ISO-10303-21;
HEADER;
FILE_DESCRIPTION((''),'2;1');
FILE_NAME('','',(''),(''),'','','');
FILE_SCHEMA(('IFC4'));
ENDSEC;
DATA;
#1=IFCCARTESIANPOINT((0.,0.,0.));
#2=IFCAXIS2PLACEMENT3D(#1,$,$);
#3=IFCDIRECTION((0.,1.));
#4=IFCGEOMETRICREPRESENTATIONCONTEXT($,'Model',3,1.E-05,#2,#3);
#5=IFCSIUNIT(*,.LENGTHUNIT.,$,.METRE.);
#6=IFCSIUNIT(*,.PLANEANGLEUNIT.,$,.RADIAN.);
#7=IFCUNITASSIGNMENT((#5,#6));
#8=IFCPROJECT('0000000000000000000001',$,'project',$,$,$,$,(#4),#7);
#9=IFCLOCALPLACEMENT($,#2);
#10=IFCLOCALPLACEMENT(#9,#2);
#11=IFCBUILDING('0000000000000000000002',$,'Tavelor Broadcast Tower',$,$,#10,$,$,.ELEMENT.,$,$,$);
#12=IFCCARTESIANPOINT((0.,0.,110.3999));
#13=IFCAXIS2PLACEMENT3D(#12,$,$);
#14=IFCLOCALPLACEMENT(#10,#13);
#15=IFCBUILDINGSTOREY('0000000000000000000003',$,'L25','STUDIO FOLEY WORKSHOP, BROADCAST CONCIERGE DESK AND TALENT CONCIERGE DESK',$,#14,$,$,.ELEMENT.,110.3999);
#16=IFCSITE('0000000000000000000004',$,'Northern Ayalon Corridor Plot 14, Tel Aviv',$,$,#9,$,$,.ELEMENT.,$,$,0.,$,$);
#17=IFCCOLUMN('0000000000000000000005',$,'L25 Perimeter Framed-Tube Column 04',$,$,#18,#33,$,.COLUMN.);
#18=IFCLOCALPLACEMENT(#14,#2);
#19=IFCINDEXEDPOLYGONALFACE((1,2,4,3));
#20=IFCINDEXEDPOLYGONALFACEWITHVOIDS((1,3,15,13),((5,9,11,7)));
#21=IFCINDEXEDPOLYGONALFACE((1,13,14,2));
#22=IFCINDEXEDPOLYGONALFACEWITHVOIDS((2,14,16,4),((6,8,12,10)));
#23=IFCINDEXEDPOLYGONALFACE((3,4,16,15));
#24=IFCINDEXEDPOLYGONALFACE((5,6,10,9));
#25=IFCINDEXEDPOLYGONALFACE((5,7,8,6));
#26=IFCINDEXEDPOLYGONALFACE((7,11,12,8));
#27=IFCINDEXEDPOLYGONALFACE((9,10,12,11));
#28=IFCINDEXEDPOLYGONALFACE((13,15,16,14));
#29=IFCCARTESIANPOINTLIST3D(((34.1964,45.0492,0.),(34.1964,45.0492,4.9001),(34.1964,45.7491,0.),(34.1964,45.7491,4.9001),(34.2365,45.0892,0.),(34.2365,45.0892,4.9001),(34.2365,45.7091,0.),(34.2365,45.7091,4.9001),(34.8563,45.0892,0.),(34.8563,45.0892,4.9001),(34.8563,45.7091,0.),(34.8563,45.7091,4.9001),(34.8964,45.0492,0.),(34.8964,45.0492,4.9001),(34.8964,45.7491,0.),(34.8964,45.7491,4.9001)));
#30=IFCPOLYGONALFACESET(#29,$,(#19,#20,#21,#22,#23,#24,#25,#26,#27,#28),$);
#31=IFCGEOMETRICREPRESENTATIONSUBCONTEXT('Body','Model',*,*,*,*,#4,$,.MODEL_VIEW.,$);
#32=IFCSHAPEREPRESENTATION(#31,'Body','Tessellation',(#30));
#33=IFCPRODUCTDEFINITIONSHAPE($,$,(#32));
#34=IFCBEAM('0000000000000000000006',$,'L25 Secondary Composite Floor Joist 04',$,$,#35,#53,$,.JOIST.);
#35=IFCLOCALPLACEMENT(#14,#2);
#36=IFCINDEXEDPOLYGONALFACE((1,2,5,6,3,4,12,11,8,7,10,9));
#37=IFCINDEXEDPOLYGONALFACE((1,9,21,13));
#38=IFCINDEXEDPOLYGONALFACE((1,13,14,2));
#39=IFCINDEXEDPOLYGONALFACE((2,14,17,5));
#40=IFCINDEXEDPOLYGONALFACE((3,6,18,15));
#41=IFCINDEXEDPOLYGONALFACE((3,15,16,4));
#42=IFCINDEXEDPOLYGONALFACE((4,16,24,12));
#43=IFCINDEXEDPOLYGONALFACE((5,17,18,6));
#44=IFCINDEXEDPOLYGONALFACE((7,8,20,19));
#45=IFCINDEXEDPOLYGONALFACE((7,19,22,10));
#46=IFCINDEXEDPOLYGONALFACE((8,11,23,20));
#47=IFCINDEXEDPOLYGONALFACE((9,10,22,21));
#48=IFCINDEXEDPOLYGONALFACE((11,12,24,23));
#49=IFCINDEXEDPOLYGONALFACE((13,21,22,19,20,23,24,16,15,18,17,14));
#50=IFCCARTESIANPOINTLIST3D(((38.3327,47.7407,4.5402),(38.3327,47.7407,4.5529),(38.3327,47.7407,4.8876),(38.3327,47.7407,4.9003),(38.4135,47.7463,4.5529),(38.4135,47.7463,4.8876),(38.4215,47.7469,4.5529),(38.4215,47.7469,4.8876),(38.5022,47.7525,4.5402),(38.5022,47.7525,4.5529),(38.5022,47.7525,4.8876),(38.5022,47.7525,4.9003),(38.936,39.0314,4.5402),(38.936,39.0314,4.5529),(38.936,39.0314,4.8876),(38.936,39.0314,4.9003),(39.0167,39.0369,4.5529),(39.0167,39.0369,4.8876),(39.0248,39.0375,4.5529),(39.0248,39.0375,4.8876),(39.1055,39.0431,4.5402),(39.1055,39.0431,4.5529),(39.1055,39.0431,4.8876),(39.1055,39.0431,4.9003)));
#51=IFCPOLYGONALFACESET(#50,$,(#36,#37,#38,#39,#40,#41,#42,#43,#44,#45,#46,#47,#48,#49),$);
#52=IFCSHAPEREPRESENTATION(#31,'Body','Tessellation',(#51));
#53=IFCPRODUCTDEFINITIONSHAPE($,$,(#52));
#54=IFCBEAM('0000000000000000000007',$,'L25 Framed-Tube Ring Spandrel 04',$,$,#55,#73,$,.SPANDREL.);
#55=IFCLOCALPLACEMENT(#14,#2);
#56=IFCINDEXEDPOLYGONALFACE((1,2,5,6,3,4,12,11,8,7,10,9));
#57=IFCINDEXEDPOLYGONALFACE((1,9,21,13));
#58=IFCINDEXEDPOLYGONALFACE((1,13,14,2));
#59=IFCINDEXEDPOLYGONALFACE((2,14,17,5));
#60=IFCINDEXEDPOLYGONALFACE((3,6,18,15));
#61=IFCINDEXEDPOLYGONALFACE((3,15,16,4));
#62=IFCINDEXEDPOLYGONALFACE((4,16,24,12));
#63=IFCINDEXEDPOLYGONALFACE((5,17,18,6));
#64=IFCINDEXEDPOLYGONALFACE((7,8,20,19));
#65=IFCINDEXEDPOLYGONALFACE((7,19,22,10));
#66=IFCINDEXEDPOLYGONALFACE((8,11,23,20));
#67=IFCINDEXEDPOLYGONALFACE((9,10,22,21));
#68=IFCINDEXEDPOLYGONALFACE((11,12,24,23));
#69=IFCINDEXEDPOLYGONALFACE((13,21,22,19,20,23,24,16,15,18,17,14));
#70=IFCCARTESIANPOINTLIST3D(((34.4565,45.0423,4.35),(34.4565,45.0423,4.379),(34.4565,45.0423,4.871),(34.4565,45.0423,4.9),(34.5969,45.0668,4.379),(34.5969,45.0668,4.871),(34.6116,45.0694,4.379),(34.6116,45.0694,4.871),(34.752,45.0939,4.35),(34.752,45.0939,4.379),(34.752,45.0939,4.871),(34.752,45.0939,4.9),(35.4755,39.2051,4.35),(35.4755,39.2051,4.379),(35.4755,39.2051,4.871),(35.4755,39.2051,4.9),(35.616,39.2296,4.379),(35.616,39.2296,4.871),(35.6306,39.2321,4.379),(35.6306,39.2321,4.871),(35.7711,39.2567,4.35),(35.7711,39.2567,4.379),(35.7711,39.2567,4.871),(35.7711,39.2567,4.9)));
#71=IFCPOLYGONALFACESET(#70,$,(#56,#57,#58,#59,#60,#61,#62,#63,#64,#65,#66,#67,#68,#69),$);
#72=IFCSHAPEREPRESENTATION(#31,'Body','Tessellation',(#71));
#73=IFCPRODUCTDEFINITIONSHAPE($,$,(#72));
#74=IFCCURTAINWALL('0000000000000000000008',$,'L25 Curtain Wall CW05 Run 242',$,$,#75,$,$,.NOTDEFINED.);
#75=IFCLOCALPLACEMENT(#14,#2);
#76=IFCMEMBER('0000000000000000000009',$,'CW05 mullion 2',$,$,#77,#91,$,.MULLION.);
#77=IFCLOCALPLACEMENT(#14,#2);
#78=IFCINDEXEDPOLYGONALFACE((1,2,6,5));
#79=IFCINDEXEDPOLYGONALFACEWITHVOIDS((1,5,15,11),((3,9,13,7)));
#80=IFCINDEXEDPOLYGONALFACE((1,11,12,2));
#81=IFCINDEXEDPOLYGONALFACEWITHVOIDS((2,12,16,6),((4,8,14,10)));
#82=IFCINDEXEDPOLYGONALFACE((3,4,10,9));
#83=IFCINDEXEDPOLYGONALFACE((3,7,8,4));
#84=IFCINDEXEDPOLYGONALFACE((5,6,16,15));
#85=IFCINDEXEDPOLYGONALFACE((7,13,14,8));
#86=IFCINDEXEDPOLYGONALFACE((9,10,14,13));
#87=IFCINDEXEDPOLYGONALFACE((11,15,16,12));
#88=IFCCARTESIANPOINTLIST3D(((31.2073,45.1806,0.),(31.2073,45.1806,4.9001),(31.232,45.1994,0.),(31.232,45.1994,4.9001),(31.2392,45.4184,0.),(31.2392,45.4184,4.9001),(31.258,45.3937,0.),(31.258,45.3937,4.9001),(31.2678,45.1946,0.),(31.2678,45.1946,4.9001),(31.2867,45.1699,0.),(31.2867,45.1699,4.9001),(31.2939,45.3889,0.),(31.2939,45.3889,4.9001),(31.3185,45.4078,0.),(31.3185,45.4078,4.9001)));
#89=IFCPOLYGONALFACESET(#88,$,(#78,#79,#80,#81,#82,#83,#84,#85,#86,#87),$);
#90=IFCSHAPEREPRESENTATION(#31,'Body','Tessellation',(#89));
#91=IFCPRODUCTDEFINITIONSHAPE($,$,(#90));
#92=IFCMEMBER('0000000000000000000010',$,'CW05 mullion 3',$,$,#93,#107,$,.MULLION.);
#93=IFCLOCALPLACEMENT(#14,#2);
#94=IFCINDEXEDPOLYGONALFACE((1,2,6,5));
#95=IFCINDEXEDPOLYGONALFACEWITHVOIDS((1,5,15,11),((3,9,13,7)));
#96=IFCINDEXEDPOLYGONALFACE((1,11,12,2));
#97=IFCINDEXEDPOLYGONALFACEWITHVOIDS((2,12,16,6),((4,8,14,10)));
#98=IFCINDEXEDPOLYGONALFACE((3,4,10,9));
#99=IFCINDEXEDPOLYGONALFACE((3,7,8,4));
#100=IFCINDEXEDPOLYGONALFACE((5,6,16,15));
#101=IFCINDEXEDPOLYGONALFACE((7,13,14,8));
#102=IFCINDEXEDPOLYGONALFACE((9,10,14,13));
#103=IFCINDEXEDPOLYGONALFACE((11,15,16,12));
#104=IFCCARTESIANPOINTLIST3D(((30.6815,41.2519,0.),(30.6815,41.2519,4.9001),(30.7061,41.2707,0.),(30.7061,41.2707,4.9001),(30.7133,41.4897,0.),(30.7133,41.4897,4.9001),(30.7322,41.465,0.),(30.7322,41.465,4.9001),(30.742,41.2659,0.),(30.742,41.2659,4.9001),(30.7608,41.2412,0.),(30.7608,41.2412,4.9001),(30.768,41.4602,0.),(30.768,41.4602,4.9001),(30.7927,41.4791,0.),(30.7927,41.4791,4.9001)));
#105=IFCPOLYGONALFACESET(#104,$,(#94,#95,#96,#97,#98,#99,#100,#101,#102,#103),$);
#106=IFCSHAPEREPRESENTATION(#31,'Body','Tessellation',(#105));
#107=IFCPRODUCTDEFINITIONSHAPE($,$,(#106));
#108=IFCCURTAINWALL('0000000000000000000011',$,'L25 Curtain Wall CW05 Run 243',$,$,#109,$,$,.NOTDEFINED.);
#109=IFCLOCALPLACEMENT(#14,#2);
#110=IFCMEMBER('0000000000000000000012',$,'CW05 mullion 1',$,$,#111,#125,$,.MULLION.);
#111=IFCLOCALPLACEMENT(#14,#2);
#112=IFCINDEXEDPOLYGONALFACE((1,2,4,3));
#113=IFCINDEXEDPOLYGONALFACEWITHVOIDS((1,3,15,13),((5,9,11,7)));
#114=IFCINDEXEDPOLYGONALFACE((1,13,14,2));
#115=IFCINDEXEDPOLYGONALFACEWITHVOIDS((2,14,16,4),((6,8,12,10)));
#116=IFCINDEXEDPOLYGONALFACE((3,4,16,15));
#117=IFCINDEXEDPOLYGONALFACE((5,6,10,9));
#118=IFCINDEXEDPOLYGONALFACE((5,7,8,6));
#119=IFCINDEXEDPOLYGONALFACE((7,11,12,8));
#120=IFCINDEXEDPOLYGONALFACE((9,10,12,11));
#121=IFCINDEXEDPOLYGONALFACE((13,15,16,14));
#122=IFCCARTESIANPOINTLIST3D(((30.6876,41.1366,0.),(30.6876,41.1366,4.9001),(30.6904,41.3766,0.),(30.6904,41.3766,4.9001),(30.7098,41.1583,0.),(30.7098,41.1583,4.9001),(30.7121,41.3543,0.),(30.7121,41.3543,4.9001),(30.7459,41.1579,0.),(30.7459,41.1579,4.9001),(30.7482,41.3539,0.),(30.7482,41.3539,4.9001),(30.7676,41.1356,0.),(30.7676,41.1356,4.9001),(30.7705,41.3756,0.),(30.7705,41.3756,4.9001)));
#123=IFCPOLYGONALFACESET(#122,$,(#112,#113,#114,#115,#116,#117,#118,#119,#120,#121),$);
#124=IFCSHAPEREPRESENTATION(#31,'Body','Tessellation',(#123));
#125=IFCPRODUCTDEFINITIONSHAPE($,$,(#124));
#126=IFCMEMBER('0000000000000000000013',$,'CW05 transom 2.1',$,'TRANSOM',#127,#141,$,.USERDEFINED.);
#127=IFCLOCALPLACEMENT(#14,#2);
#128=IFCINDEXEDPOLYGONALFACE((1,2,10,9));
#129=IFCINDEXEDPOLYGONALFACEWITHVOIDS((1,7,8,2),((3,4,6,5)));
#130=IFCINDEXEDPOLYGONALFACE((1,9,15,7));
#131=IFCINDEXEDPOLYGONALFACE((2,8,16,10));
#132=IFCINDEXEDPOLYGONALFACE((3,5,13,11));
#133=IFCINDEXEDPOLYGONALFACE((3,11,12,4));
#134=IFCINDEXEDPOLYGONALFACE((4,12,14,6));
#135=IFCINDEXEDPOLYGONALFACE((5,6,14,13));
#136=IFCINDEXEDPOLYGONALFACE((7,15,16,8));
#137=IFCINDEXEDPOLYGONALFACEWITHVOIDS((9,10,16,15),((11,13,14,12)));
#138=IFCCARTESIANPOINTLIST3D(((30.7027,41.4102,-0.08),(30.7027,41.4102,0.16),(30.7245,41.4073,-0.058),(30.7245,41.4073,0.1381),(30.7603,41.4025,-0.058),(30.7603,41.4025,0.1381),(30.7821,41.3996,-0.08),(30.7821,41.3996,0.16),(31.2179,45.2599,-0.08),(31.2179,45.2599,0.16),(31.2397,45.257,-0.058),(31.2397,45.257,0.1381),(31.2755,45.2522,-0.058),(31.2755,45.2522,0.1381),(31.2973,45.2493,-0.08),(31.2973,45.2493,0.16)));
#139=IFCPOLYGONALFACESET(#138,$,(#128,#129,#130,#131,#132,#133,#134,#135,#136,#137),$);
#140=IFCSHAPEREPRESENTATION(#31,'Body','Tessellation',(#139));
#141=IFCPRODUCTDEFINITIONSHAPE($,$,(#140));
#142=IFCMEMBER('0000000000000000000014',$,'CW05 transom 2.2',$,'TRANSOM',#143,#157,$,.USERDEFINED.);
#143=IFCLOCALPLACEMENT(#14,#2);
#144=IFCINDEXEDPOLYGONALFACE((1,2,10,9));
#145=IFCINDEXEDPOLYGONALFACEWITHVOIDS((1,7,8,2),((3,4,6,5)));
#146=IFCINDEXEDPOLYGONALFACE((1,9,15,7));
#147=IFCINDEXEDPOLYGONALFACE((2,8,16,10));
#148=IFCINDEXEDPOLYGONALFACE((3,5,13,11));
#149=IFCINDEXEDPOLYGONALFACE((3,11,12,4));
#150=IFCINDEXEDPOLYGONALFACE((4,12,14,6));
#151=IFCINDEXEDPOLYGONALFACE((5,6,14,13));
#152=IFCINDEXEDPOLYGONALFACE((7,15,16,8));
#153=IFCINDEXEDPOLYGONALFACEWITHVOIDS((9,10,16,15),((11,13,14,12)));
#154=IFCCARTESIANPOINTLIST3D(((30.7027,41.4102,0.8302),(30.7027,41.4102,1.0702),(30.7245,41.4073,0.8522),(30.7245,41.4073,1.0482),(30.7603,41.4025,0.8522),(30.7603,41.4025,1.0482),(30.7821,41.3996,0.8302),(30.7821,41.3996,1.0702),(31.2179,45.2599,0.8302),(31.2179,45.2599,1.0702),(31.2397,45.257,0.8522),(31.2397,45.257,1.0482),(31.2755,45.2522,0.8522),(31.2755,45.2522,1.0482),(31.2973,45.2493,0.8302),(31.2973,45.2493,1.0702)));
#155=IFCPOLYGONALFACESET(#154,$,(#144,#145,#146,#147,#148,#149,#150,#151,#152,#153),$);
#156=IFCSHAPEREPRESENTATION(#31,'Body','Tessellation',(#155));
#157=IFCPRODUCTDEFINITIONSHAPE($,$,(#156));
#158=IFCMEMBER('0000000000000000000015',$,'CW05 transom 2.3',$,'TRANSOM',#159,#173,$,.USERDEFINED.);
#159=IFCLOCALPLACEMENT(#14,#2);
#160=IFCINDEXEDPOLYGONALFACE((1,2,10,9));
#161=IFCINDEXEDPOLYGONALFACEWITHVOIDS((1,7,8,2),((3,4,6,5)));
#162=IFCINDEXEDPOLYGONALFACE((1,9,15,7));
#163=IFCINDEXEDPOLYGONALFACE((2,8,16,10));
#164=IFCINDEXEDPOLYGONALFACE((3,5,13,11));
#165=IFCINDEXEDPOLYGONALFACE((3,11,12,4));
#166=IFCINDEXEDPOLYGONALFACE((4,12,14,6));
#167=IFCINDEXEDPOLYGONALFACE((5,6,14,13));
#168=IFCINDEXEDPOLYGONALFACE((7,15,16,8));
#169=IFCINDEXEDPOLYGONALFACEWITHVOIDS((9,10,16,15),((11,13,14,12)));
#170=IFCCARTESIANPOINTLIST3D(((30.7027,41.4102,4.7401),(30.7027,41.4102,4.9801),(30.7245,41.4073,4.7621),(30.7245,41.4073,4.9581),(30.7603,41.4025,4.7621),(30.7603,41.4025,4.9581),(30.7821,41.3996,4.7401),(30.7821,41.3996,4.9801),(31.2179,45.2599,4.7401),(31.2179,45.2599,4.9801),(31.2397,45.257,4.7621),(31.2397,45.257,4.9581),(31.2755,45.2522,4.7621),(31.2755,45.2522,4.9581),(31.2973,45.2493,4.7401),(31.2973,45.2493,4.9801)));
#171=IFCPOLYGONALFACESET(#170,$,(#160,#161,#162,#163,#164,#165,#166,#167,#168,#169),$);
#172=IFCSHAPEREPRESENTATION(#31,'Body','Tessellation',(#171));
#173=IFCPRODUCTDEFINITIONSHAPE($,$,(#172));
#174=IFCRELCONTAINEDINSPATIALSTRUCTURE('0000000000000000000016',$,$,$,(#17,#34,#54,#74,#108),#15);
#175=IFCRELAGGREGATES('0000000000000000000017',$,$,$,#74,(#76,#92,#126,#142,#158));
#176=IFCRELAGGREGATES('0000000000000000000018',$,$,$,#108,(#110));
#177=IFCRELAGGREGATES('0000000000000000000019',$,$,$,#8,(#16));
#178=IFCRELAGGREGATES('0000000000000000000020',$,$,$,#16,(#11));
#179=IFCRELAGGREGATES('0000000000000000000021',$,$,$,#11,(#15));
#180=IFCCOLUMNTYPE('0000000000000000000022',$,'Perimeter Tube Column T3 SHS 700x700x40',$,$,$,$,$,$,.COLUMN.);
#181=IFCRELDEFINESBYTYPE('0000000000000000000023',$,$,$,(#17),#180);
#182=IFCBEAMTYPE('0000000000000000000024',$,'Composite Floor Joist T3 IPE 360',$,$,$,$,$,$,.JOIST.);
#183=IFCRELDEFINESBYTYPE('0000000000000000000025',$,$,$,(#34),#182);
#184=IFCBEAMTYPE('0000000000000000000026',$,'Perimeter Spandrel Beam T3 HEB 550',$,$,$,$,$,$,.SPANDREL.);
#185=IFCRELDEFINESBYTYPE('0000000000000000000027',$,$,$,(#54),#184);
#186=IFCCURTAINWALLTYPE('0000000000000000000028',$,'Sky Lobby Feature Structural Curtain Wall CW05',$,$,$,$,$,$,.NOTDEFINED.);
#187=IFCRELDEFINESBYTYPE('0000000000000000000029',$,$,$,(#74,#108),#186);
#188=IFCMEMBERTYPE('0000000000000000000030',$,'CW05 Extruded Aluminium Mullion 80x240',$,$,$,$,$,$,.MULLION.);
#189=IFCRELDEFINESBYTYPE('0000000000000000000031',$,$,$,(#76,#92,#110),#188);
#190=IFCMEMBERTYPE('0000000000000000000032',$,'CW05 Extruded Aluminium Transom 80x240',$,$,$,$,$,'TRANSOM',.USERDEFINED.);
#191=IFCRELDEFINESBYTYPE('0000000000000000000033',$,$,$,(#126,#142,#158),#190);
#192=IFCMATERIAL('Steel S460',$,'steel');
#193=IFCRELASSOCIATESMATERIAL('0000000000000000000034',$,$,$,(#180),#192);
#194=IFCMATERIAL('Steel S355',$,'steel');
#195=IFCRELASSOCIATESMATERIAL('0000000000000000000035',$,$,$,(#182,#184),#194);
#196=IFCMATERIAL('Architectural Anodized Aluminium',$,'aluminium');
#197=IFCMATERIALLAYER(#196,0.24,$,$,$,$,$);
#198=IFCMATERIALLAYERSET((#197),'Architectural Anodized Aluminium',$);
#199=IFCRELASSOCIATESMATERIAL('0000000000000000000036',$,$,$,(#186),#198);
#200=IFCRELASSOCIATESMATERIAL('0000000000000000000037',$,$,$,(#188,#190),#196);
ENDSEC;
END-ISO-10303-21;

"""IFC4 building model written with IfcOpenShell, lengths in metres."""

from ifc_helpers import new_model, si_unit, direction, frame, origin, origin_2d, place, context, subcontext, project, spatial, hollow_rectangle, i_section, extrude, source, transform, mapped, material, layer, layer_set, material_profile, profile_set, type_object, type_shapes, element, aggregate, save


model = new_model("IFC4")

# Units and contexts
model_context = context("Model", 3, precision=1e-05, world=origin(), true_north=direction((0.0, 1.0)))
body_context = subcontext(model_context, "Body", "Model", "MODEL_VIEW")
ifc_project = project(units=[si_unit("LENGTHUNIT", "METRE"), si_unit("PLANEANGLEUNIT", "RADIAN")], contexts=[model_context])

# Site, building, storey
site_placement = place(None, origin())
site = spatial("IfcSite", under=ifc_project, at=site_placement, Name="Northern Ayalon Corridor Plot 14, Tel Aviv", CompositionType="ELEMENT", RefElevation=0.0)
building_placement = place(site_placement, origin())
building = spatial("IfcBuilding", under=site, at=building_placement, Name="Tavelor Broadcast Tower", CompositionType="ELEMENT")
storey_placement = place(building_placement, frame((0.0, 0.0, 110.3999)))
storey = spatial("IfcBuildingStorey", under=building, at=storey_placement, Name="L25", Description="STUDIO FOLEY WORKSHOP, BROADCAST CONCIERGE DESK AND TALENT CONCIERGE DESK", CompositionType="ELEMENT", Elevation=110.3999)

# Column
ifc_material_1 = material(Name="Steel S460", Category="steel")
ifc_material_profile_1 = material_profile(ifc_material_1, hollow_rectangle(XDim=0.7, YDim=0.7, WallThickness=0.04, at=origin_2d()), Name="SHS 700x700x40")
ifc_profile_set_1 = profile_set([ifc_material_profile_1], Name="Steel S460")
column_type = type_object("IfcColumnType", Name="Perimeter Tube Column T3 SHS 700x700x40", PredefinedType="COLUMN", material=ifc_profile_set_1)
column_placement = place(storey_placement, frame((34.5464, 45.3992, 0.0), z_axis=(0.0, 0.0, 1.0), x_axis=(1.0, 0.0, 0.0)))
element("IfcColumn", 1, at=column_placement, inside=storey, type_object=column_type, Name="L25 Perimeter Framed-Tube Column 04", PredefinedType="COLUMN", context=body_context, shape_type="SweptSolid", body=[
    extrude(hollow_rectangle(XDim=0.7, YDim=0.7, WallThickness=0.04, at=origin_2d()), origin(), (0.0, 0.0, 1.0), 4.9001),
])

# Beams
ifc_material_2 = material(Name="Steel S355", Category="steel")
ifc_material_profile_2 = material_profile(ifc_material_2, i_section(OverallWidth=0.1699, OverallDepth=0.3601, WebThickness=0.0081, FlangeThickness=0.0127, at=origin_2d()), Name="IPE 360")
ifc_profile_set_2 = profile_set([ifc_material_profile_2], Name="Steel S355")
beam_type_1 = type_object("IfcBeamType", Name="Composite Floor Joist T3 IPE 360", PredefinedType="JOIST", material=ifc_profile_set_2)
beam_1_placement = place(storey_placement, frame((38.4175, 47.7466, 4.7202), z_axis=(0.069101, -0.99761, 0.0), x_axis=(0.99761, 0.069101, 0.0)))
element("IfcBeam", 2, at=beam_1_placement, inside=storey, type_object=beam_type_1, Name="L25 Secondary Composite Floor Joist 04", PredefinedType="JOIST", context=body_context, shape_type="SweptSolid", body=[
    extrude(i_section(OverallWidth=0.1699, OverallDepth=0.3601, WebThickness=0.0081, FlangeThickness=0.0127, at=origin_2d()), origin(), (0.0, 0.0, 1.0), 8.7302),
])
ifc_material_profile_3 = material_profile(ifc_material_2, i_section(OverallWidth=0.3, OverallDepth=0.55, WebThickness=0.0149, FlangeThickness=0.0291, at=origin_2d()), Name="HEB 550")
ifc_profile_set_3 = profile_set([ifc_material_profile_3], Name="Steel S355")
beam_type_2 = type_object("IfcBeamType", Name="Perimeter Spandrel Beam T3 HEB 550", PredefinedType="SPANDREL", material=ifc_profile_set_3)
beam_2_placement = place(storey_placement, frame((34.6042, 45.0681, 4.625), z_axis=(0.171978, -0.985101, 0.0), x_axis=(0.985101, 0.171978, 0.0)))
element("IfcBeam", 3, at=beam_2_placement, inside=storey, type_object=beam_type_2, Name="L25 Framed-Tube Ring Spandrel 04", PredefinedType="SPANDREL", context=body_context, shape_type="SweptSolid", body=[
    extrude(i_section(OverallWidth=0.3, OverallDepth=0.55, WebThickness=0.0149, FlangeThickness=0.0291, at=origin_2d()), origin(), (0.0, 0.0, 1.0), 5.9255),
])

# Curtain wall, members
ifc_material_3 = material(Name="Architectural Anodized Aluminium", Category="aluminium")
ifc_layer_1 = layer(ifc_material_3, 0.24)
ifc_layer_set_1 = layer_set([ifc_layer_1], Name="Architectural Anodized Aluminium")
curtain_wall_type = type_object("IfcCurtainWallType", Name="Sky Lobby Feature Structural Curtain Wall CW05", PredefinedType="NOTDEFINED", material=ifc_layer_set_1)
curtain_wall_1_placement = place(storey_placement, origin())
curtain_wall_1 = element("IfcCurtainWall", 4, at=curtain_wall_1_placement, inside=storey, type_object=curtain_wall_type, Name="L25 Curtain Wall CW05 Run 242", PredefinedType="NOTDEFINED")
ifc_material_profile_4 = material_profile(ifc_material_3, hollow_rectangle(XDim=0.0801, YDim=0.24, WallThickness=0.022, at=origin_2d()), Name="RHS 80x240x22")
ifc_profile_set_4 = profile_set([ifc_material_profile_4], Name="Architectural Anodized Aluminium")
member_type_1 = type_object("IfcMemberType", Name="CW05 Extruded Aluminium Mullion 80x240", PredefinedType="MULLION", material=ifc_profile_set_4)
shared_shape_1 = source(origin(), body_context, "Body", "SweptSolid", [
    extrude(hollow_rectangle(XDim=0.0801, YDim=0.24, WallThickness=0.022, at=origin_2d()), origin(), (0.0, 0.0, 1.0), 4.9001),
])
type_shapes(member_type_1, [shared_shape_1])
member_1_placement = place(storey_placement, frame((31.2629, 45.2942, 0.0), z_axis=(0.0, 0.0, 1.0), x_axis=(0.99116, -0.132671, 0.0)))
member_1 = element("IfcMember", 5, at=member_1_placement, type_object=member_type_1, Name="CW05 mullion 2", PredefinedType="MULLION", context=body_context, shape_type="MappedRepresentation", body=[
    mapped(shared_shape_1, transform((0.0, 0.0, 0.0), scale=1.0)),
])
member_2_placement = place(storey_placement, frame((30.7371, 41.3655, 0.0), z_axis=(0.0, 0.0, 1.0), x_axis=(0.99116, -0.132671, 0.0)))
member_2 = element("IfcMember", 6, at=member_2_placement, type_object=member_type_1, Name="CW05 mullion 3", PredefinedType="MULLION", context=body_context, shape_type="MappedRepresentation", body=[
    mapped(shared_shape_1, transform((0.0, 0.0, 0.0), scale=1.0)),
])

# Curtain wall, member
curtain_wall_2_placement = place(storey_placement, origin())
curtain_wall_2 = element("IfcCurtainWall", 7, at=curtain_wall_2_placement, inside=storey, type_object=curtain_wall_type, Name="L25 Curtain Wall CW05 Run 243", PredefinedType="NOTDEFINED")
member_3_placement = place(storey_placement, frame((30.729, 41.2561, 0.0), z_axis=(0.0, 0.0, 1.0), x_axis=(0.999931, -0.011763, 0.0)))
member_3 = element("IfcMember", 8, at=member_3_placement, type_object=member_type_1, Name="CW05 mullion 1", PredefinedType="MULLION", context=body_context, shape_type="MappedRepresentation", body=[
    mapped(shared_shape_1, transform((0.0, 0.0, 0.0), scale=1.0)),
])

# Members
ifc_material_profile_5 = material_profile(ifc_material_3, hollow_rectangle(XDim=0.0801, YDim=0.24, WallThickness=0.022, at=origin_2d()), Name="RHS 80x240x22")
ifc_profile_set_5 = profile_set([ifc_material_profile_5], Name="Architectural Anodized Aluminium")
member_type_2 = type_object("IfcMemberType", Name="CW05 Extruded Aluminium Transom 80x240", ElementType="TRANSOM", PredefinedType="USERDEFINED", material=ifc_profile_set_5)
shared_shape_2 = source(origin(), body_context, "Body", "SweptSolid", [
    extrude(hollow_rectangle(XDim=0.0801, YDim=0.24, WallThickness=0.022, at=origin_2d()), origin(), (0.0, 0.0, 1.0), 3.884),
])
type_shapes(member_type_2, [shared_shape_2])
member_4_placement = place(storey_placement, frame((31.2576, 45.2546, 0.04), z_axis=(-0.132633, -0.991165, 0.0), x_axis=(0.991165, -0.132633, 0.0)))
member_4 = element("IfcMember", 9, at=member_4_placement, type_object=member_type_2, Name="CW05 transom 2.1", ObjectType="TRANSOM", PredefinedType="USERDEFINED", context=body_context, shape_type="MappedRepresentation", body=[
    mapped(shared_shape_2, transform((0.0, 0.0, 0.0), scale=1.0)),
])
member_5_placement = place(storey_placement, frame((31.2576, 45.2546, 0.9502), z_axis=(-0.132633, -0.991165, 0.0), x_axis=(0.991165, -0.132633, 0.0)))
member_5 = element("IfcMember", 10, at=member_5_placement, type_object=member_type_2, Name="CW05 transom 2.2", ObjectType="TRANSOM", PredefinedType="USERDEFINED", context=body_context, shape_type="MappedRepresentation", body=[
    mapped(shared_shape_2, transform((0.0, 0.0, 0.0), scale=1.0)),
])
member_6_placement = place(storey_placement, frame((31.2576, 45.2546, 4.8601), z_axis=(-0.132633, -0.991165, 0.0), x_axis=(0.991165, -0.132633, 0.0)))
member_6 = element("IfcMember", 11, at=member_6_placement, type_object=member_type_2, Name="CW05 transom 2.3", ObjectType="TRANSOM", PredefinedType="USERDEFINED", context=body_context, shape_type="MappedRepresentation", body=[
    mapped(shared_shape_2, transform((0.0, 0.0, 0.0), scale=1.0)),
])

aggregate(curtain_wall_1, [member_1, member_2, member_4, member_5, member_6])
aggregate(curtain_wall_2, [member_3])

save(model, "model.ifc")
